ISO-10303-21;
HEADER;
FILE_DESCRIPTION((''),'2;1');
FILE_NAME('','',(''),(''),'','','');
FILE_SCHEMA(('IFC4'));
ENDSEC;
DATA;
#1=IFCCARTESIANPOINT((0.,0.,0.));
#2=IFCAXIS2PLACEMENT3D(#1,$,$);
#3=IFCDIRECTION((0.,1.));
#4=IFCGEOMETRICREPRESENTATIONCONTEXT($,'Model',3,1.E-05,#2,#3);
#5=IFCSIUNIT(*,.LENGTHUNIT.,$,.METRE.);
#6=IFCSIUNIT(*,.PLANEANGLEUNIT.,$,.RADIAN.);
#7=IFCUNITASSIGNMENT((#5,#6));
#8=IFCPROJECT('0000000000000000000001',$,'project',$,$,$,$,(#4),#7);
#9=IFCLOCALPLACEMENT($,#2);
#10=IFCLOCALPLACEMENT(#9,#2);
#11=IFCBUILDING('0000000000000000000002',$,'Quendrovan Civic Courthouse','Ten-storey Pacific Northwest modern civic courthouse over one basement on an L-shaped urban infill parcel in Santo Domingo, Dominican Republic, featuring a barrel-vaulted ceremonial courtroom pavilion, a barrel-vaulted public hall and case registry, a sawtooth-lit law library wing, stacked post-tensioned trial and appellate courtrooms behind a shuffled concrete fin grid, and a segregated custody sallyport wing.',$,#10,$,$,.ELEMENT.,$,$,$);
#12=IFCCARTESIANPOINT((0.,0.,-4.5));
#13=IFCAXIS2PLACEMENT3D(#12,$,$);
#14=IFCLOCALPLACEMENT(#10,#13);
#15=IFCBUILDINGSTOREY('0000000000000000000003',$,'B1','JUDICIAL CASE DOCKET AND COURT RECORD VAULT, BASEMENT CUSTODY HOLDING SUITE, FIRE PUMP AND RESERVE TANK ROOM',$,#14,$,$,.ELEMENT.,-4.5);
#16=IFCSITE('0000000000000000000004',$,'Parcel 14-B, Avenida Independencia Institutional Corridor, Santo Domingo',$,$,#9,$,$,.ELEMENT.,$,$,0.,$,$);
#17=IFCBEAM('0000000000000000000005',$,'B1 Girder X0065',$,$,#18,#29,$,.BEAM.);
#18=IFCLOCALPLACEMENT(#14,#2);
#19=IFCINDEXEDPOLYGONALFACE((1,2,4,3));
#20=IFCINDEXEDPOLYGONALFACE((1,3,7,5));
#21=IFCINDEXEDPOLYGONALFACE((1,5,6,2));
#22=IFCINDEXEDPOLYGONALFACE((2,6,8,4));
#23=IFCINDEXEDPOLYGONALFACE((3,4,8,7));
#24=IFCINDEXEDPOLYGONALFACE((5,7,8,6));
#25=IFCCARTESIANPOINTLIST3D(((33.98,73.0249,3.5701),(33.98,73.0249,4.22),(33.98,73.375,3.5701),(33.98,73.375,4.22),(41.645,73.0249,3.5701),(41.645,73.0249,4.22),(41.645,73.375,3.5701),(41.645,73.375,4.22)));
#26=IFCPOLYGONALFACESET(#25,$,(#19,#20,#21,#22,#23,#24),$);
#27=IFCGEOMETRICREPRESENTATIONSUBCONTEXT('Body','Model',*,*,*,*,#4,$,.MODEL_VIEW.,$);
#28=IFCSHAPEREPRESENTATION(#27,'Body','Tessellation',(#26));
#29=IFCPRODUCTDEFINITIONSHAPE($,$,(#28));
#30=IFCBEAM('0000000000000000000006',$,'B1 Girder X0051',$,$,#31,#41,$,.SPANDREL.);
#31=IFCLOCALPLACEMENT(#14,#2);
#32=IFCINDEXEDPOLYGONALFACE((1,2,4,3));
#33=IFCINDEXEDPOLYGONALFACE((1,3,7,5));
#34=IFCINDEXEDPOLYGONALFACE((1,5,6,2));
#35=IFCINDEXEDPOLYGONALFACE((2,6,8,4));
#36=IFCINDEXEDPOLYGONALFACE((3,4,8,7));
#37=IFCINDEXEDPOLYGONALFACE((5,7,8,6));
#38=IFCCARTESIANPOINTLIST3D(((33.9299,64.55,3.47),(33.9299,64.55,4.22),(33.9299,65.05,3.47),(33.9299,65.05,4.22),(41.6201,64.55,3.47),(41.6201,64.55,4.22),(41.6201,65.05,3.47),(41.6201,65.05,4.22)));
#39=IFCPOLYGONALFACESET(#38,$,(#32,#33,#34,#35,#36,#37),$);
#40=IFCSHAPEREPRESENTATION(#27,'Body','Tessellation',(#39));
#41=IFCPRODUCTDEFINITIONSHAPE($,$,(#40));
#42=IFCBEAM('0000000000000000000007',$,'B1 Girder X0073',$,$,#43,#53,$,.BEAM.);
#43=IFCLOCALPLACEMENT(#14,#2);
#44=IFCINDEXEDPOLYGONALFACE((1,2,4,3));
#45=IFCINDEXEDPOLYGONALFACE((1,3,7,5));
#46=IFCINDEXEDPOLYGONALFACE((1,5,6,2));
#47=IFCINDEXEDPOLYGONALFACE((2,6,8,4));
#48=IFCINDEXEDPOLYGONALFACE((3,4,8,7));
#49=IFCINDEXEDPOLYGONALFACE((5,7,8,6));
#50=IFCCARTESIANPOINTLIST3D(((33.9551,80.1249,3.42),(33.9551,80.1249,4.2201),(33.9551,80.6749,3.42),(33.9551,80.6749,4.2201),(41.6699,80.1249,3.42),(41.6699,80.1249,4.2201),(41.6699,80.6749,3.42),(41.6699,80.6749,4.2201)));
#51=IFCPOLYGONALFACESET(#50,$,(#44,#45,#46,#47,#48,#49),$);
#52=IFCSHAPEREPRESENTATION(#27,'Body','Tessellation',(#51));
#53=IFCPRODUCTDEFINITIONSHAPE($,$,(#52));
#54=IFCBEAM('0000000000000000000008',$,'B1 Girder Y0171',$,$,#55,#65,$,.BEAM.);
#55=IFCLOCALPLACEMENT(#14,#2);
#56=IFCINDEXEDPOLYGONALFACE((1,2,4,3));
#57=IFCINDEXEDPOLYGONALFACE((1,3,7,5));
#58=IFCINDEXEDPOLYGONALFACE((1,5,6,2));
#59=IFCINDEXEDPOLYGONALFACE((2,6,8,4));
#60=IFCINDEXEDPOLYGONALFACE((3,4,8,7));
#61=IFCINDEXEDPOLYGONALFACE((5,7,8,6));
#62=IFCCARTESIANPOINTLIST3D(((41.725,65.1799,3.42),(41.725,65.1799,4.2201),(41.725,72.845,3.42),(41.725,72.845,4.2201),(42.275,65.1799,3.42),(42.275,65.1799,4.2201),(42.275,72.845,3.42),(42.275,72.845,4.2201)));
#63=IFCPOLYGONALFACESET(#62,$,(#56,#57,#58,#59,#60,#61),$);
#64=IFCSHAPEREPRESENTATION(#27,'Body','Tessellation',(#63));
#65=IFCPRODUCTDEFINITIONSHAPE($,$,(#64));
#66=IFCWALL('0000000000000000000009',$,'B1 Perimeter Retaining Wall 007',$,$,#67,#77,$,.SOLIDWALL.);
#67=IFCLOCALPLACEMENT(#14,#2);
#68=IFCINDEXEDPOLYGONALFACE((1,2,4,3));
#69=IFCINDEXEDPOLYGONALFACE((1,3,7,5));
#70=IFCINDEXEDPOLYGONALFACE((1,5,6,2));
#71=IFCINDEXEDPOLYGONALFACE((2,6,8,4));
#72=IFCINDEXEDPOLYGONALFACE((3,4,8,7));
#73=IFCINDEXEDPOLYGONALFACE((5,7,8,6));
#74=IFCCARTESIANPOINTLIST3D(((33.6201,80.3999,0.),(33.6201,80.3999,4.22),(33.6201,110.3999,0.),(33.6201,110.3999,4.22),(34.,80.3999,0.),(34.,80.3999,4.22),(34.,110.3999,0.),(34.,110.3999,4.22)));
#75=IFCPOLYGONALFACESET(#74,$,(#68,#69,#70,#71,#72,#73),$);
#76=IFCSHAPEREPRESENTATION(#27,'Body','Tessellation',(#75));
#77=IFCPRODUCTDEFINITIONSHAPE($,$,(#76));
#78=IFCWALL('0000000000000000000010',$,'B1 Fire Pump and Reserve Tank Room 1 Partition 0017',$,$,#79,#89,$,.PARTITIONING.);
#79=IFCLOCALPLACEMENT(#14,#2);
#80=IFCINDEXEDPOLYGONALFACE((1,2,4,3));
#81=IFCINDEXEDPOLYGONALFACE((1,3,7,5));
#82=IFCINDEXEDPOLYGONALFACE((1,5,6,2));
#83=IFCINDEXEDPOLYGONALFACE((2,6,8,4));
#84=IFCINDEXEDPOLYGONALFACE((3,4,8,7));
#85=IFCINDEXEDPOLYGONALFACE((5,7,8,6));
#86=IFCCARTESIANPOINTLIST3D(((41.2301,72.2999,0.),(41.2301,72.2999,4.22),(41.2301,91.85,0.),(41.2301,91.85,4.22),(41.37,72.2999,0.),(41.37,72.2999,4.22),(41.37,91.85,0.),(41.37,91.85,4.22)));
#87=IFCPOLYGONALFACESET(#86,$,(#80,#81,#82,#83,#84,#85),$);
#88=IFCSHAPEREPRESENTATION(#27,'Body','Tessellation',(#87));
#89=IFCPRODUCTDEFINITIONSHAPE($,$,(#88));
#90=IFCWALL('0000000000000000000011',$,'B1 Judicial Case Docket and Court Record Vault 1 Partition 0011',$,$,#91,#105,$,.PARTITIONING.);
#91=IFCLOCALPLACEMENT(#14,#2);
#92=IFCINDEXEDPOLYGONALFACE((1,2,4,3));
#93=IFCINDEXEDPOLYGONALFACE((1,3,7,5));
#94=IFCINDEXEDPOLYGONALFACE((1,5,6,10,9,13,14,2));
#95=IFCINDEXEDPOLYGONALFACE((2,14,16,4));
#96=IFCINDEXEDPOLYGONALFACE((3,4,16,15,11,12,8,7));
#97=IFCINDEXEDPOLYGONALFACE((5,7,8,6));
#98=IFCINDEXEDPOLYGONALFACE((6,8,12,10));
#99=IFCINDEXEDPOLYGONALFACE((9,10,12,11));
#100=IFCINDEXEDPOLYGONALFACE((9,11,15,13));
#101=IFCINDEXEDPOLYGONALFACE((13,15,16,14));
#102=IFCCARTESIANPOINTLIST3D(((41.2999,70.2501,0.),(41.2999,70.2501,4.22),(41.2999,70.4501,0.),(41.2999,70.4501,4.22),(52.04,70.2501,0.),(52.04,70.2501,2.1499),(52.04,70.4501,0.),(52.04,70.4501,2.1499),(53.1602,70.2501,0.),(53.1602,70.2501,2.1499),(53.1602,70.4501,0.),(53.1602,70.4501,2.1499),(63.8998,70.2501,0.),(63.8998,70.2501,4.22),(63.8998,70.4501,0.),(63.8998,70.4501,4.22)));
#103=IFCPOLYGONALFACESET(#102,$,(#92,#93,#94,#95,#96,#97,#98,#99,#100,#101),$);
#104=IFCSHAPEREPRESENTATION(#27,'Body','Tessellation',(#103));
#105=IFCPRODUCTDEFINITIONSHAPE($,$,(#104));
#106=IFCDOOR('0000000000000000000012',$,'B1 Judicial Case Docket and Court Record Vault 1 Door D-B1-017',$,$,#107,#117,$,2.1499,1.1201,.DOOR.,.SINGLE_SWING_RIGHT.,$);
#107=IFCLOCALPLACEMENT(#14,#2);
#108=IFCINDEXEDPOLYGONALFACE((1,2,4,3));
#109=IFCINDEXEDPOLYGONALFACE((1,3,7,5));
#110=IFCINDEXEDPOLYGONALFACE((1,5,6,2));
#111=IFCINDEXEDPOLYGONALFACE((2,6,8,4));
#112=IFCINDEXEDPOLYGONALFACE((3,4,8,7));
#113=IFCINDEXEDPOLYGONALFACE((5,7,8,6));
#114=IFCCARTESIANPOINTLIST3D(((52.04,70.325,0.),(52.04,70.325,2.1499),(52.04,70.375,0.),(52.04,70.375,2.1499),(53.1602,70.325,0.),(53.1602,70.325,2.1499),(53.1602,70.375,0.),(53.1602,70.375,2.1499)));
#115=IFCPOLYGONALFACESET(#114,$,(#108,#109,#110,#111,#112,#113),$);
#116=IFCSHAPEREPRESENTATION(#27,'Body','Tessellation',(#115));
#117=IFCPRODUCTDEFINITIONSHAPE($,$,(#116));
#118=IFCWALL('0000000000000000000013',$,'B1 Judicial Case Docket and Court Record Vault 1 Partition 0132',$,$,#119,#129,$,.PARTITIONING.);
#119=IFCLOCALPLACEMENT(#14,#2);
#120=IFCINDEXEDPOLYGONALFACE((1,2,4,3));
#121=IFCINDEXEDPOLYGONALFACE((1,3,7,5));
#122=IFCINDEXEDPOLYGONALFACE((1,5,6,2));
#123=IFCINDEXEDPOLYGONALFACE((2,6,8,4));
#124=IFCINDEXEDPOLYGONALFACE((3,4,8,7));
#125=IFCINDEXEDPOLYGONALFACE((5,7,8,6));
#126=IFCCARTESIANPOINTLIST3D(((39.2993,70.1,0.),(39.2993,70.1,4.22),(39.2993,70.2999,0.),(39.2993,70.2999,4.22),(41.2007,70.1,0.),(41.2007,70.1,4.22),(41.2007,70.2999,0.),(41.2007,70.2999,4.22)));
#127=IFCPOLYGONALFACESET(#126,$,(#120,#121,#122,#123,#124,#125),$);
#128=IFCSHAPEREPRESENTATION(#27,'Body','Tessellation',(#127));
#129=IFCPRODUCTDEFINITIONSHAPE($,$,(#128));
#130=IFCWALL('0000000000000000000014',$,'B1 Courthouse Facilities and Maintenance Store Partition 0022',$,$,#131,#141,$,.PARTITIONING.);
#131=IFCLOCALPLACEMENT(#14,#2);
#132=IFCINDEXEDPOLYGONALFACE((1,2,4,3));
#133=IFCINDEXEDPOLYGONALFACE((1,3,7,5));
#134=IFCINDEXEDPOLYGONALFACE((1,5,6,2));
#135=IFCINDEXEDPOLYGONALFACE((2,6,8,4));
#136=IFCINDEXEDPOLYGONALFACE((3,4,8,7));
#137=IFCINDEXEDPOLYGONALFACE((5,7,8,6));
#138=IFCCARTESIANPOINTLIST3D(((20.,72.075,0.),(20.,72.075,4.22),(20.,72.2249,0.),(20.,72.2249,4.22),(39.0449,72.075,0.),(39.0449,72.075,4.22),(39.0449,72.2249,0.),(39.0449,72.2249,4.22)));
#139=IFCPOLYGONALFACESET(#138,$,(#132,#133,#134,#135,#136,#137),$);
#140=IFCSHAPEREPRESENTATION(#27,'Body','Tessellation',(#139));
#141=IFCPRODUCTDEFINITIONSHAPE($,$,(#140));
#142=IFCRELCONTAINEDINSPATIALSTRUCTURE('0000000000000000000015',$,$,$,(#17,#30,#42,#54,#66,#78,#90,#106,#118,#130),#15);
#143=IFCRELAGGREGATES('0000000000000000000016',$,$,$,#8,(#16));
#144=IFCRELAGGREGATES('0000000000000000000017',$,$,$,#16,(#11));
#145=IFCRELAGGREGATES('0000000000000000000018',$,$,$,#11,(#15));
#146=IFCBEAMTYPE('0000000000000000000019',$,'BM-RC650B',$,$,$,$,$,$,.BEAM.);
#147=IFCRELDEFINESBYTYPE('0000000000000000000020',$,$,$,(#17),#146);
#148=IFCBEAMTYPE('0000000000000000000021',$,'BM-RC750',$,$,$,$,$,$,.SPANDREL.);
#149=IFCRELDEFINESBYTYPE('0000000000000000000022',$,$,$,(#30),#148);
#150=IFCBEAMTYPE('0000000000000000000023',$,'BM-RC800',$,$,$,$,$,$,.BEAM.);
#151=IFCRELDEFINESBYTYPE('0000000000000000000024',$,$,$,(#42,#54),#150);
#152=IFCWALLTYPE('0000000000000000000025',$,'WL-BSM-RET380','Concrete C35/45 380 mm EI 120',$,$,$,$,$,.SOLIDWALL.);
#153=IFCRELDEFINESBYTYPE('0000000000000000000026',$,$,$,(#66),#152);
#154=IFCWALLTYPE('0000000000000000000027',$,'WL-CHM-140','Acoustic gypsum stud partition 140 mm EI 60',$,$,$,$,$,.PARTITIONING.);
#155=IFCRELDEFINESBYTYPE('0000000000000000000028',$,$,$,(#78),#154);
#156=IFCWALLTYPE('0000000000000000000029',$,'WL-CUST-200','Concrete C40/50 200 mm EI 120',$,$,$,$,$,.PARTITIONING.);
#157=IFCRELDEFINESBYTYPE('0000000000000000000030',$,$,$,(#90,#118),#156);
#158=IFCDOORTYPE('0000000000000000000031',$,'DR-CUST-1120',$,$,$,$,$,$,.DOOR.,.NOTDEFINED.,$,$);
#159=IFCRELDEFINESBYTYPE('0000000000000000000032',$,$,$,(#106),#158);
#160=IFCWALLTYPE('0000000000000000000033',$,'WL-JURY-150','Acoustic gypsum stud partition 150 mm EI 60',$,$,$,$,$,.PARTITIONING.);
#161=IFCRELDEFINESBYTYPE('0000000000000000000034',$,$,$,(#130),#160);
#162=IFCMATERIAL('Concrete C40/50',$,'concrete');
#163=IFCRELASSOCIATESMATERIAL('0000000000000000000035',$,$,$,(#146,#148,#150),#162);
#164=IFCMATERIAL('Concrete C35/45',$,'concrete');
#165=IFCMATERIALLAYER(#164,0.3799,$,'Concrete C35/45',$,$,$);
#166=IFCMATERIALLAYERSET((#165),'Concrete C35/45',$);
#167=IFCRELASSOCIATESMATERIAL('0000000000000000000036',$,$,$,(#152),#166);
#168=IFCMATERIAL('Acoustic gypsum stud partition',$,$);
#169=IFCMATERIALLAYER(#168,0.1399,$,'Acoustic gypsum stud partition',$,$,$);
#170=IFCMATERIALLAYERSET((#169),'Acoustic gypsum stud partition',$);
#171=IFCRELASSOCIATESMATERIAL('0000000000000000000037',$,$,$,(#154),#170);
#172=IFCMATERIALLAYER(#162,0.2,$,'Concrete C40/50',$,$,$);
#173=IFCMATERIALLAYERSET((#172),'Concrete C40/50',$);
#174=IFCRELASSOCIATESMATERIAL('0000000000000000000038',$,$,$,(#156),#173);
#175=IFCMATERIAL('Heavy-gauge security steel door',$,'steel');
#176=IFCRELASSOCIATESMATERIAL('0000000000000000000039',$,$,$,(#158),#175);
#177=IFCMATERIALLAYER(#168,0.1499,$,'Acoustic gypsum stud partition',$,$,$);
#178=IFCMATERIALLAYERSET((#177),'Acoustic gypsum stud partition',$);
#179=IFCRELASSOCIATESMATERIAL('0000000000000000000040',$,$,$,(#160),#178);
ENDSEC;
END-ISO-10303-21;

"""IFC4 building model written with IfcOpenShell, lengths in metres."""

from ifc_helpers import new_model, si_unit, direction, frame, frame_2d, origin, origin_2d, place, context, subcontext, project, spatial, rectangle, extrude, material, layer, layer_set, material_profile, profile_set, type_object, element, fill, save


model = new_model("IFC4")

# Units and contexts
model_context = context("Model", 3, precision=1e-05, world=origin(), true_north=direction((0.0, 1.0)))
body_context = subcontext(model_context, "Body", "Model", "MODEL_VIEW")
ifc_project = project(units=[si_unit("LENGTHUNIT", "METRE"), si_unit("PLANEANGLEUNIT", "RADIAN")], contexts=[model_context])

# Site, building, storey
site_placement = place(None, origin())
site = spatial("IfcSite", under=ifc_project, at=site_placement, Name="Parcel 14-B, Avenida Independencia Institutional Corridor, Santo Domingo", CompositionType="ELEMENT", RefElevation=0.0)
building_placement = place(site_placement, origin())
building = spatial("IfcBuilding", under=site, at=building_placement, Name="Quendrovan Civic Courthouse", Description="Ten-storey Pacific Northwest modern civic courthouse over one basement on an L-shaped urban infill parcel in Santo Domingo, Dominican Republic, featuring a barrel-vaulted ceremonial courtroom pavilion, a barrel-vaulted public hall and case registry, a sawtooth-lit law library wing, stacked post-tensioned trial and appellate courtrooms behind a shuffled concrete fin grid, and a segregated custody sallyport wing.", CompositionType="ELEMENT")
storey_placement = place(building_placement, frame((0.0, 0.0, -4.5)))
storey = spatial("IfcBuildingStorey", under=building, at=storey_placement, Name="B1", Description="JUDICIAL CASE DOCKET AND COURT RECORD VAULT, BASEMENT CUSTODY HOLDING SUITE, FIRE PUMP AND RESERVE TANK ROOM", CompositionType="ELEMENT", Elevation=-4.5)

# Shared definitions
ifc_material_1 = material(Name="Concrete C35/45", Category="concrete")

# Beams
ifc_material_2 = material(Name="Concrete C40/50", Category="concrete")
ifc_material_profile_1 = material_profile(ifc_material_2, rectangle(XDim=0.3501, YDim=0.6499, at=origin_2d()), Name="RC-BM-350x650")
ifc_profile_set_1 = profile_set([ifc_material_profile_1], Name="Concrete C40/50")
beam_type_1 = type_object("IfcBeamType", Name="BM-RC650B", PredefinedType="BEAM", material=ifc_profile_set_1)
beam_1_placement = place(storey_placement, frame((33.98, 73.2, 3.895), z_axis=(1.0, 0.0, 0.0), x_axis=(0.0, 1.0, 0.0)))
element("IfcBeam", 1, at=beam_1_placement, inside=storey, type_object=beam_type_1, Name="B1 Girder X0065", PredefinedType="BEAM", context=body_context, shape_type="SweptSolid", body=[
    extrude(rectangle(XDim=0.3501, YDim=0.6499, at=origin_2d()), origin(), (0.0, 0.0, 1.0), 7.665),
])
ifc_material_profile_2 = material_profile(ifc_material_2, rectangle(XDim=0.5, YDim=0.75, at=origin_2d()), Name="RC-BM-500x750")
ifc_profile_set_2 = profile_set([ifc_material_profile_2], Name="Concrete C40/50")
beam_type_2 = type_object("IfcBeamType", Name="BM-RC750", PredefinedType="SPANDREL", material=ifc_profile_set_2)
beam_2_placement = place(storey_placement, frame((33.9299, 64.8, 3.845), z_axis=(1.0, 0.0, 0.0), x_axis=(0.0, 1.0, 0.0)))
element("IfcBeam", 2, at=beam_2_placement, inside=storey, type_object=beam_type_2, Name="B1 Girder X0051", PredefinedType="SPANDREL", context=body_context, shape_type="SweptSolid", body=[
    extrude(rectangle(XDim=0.5, YDim=0.75, at=origin_2d()), origin(), (0.0, 0.0, 1.0), 7.6902),
])
ifc_material_profile_3 = material_profile(ifc_material_2, rectangle(XDim=0.55, YDim=0.8, at=origin_2d()), Name="RC-BM-550x800")
ifc_profile_set_3 = profile_set([ifc_material_profile_3], Name="Concrete C40/50")
beam_type_3 = type_object("IfcBeamType", Name="BM-RC800", PredefinedType="BEAM", material=ifc_profile_set_3)
beam_3_placement = place(storey_placement, frame((33.9551, 80.3999, 3.8201), z_axis=(1.0, 0.0, 0.0), x_axis=(0.0, 1.0, 0.0)))
element("IfcBeam", 3, at=beam_3_placement, inside=storey, type_object=beam_type_3, Name="B1 Girder X0073", PredefinedType="BEAM", context=body_context, shape_type="SweptSolid", body=[
    extrude(rectangle(XDim=0.55, YDim=0.8, at=origin_2d()), origin(), (0.0, 0.0, 1.0), 7.7148),
])
beam_4_placement = place(storey_placement, frame((42.0, 65.1799, 3.8201), z_axis=(0.0, 1.0, 0.0), x_axis=(-1.0, 0.0, 0.0)))
element("IfcBeam", 4, at=beam_4_placement, inside=storey, type_object=beam_type_3, Name="B1 Girder Y0171", PredefinedType="BEAM", context=body_context, shape_type="SweptSolid", body=[
    extrude(rectangle(XDim=0.55, YDim=0.8, at=origin_2d()), origin(), (0.0, 0.0, 1.0), 7.665),
])

# Walls
ifc_layer_1 = layer(ifc_material_1, 0.3799, Name="Concrete C35/45")
ifc_layer_set_1 = layer_set([ifc_layer_1], Name="Concrete C35/45")
wall_type_1 = type_object("IfcWallType", Name="WL-BSM-RET380", Description="Concrete C35/45 380 mm EI 120", PredefinedType="SOLIDWALL", material=ifc_layer_set_1)
wall_1_placement = place(storey_placement, frame((33.8101, 80.3999, 0.0), z_axis=(0.0, 0.0, 1.0), x_axis=(0.0, 1.0, 0.0)))
element("IfcWall", 5, at=wall_1_placement, inside=storey, type_object=wall_type_1, Name="B1 Perimeter Retaining Wall 007", PredefinedType="SOLIDWALL", context=body_context, shape_type="SweptSolid", body=[
    extrude(rectangle(XDim=30.0, YDim=0.3799, at=frame_2d((15.0, 0.0))), origin(), (0.0, 0.0, 1.0), 4.22),
])
ifc_material_3 = material(Name="Acoustic gypsum stud partition")
ifc_layer_2 = layer(ifc_material_3, 0.1399, Name="Acoustic gypsum stud partition")
ifc_layer_set_2 = layer_set([ifc_layer_2], Name="Acoustic gypsum stud partition")
wall_type_2 = type_object("IfcWallType", Name="WL-CHM-140", Description="Acoustic gypsum stud partition 140 mm EI 60", PredefinedType="PARTITIONING", material=ifc_layer_set_2)
wall_2_placement = place(storey_placement, frame((41.3, 72.3, 0.0), z_axis=(0.0, 0.0, 1.0), x_axis=(0.0, 1.0, 0.0)))
element("IfcWall", 6, at=wall_2_placement, inside=storey, type_object=wall_type_2, Name="B1 Fire Pump and Reserve Tank Room 1 Partition 0017", PredefinedType="PARTITIONING", context=body_context, shape_type="SweptSolid", body=[
    extrude(rectangle(XDim=19.55, YDim=0.1399, at=frame_2d((9.7749, 0.0))), origin(), (0.0, 0.0, 1.0), 4.22),
])

# Wall, opening, door
ifc_layer_3 = layer(ifc_material_2, 0.2, Name="Concrete C40/50")
ifc_layer_set_3 = layer_set([ifc_layer_3], Name="Concrete C40/50")
wall_type_3 = type_object("IfcWallType", Name="WL-CUST-200", Description="Concrete C40/50 200 mm EI 120", PredefinedType="PARTITIONING", material=ifc_layer_set_3)
wall_3_placement = place(storey_placement, frame((41.3, 70.3501, 0.0), z_axis=(0.0, 0.0, 1.0), x_axis=(1.0, 0.0, 0.0)))
wall_3 = element("IfcWall", 7, at=wall_3_placement, inside=storey, type_object=wall_type_3, Name="B1 Judicial Case Docket and Court Record Vault 1 Partition 0011", PredefinedType="PARTITIONING", context=body_context, shape_type="SweptSolid", body=[
    extrude(rectangle(XDim=22.5999, YDim=0.2, at=frame_2d((11.2998, 0.0))), origin(), (0.0, 0.0, 1.0), 4.22),
])
opening_placement = place(wall_3_placement, frame((10.74, 0.0, 0.0)))
opening = element("IfcOpeningElement", 8, at=opening_placement, cuts=wall_3, PredefinedType="OPENING", context=body_context, shape_type="SweptSolid", body=[
    extrude(rectangle(XDim=1.1201, YDim=2.1499, at=frame_2d((0.5601, 1.075))), frame((0.0, 0.1099, 0.0), z_axis=(0.0, -1.0, 0.0), x_axis=(1.0, 0.0, 0.0)), (0.0, 0.0, 1.0), 0.22),
])
ifc_material_4 = material(Name="Heavy-gauge security steel door", Category="steel")
door_type = type_object("IfcDoorType", Name="DR-CUST-1120", OperationType="NOTDEFINED", PredefinedType="DOOR", material=ifc_material_4)
door_placement = place(opening_placement, origin())
door = element("IfcDoor", 9, at=door_placement, inside=storey, type_object=door_type, Name="B1 Judicial Case Docket and Court Record Vault 1 Door D-B1-017", OperationType="SINGLE_SWING_RIGHT", OverallHeight=2.1499, OverallWidth=1.1201, PredefinedType="DOOR", context=body_context, shape_type="SweptSolid", body=[
    extrude(rectangle(XDim=1.1201, YDim=2.1499, at=frame_2d((0.5601, 1.075))), frame((0.0, 0.0249, 0.0), z_axis=(0.0, -1.0, 0.0), x_axis=(1.0, 0.0, 0.0)), (0.0, 0.0, 1.0), 0.05),
])
fill(opening, door)

# Walls
wall_4_placement = place(storey_placement, frame((39.2993, 70.2, 0.0), z_axis=(0.0, 0.0, 1.0), x_axis=(1.0, 0.0, 0.0)))
element("IfcWall", 10, at=wall_4_placement, inside=storey, type_object=wall_type_3, Name="B1 Judicial Case Docket and Court Record Vault 1 Partition 0132", PredefinedType="PARTITIONING", context=body_context, shape_type="SweptSolid", body=[
    extrude(rectangle(XDim=1.9014, YDim=0.2, at=frame_2d((0.9507, 0.0))), origin(), (0.0, 0.0, 1.0), 4.22),
])
ifc_layer_4 = layer(ifc_material_3, 0.1499, Name="Acoustic gypsum stud partition")
ifc_layer_set_4 = layer_set([ifc_layer_4], Name="Acoustic gypsum stud partition")
wall_type_4 = type_object("IfcWallType", Name="WL-JURY-150", Description="Acoustic gypsum stud partition 150 mm EI 60", PredefinedType="PARTITIONING", material=ifc_layer_set_4)
wall_5_placement = place(storey_placement, frame((39.0449, 72.1499, 0.0), z_axis=(0.0, 0.0, 1.0), x_axis=(-1.0, 0.0, 0.0)))
element("IfcWall", 11, at=wall_5_placement, inside=storey, type_object=wall_type_4, Name="B1 Courthouse Facilities and Maintenance Store Partition 0022", PredefinedType="PARTITIONING", context=body_context, shape_type="SweptSolid", body=[
    extrude(rectangle(XDim=19.0449, YDim=0.1499, at=frame_2d((9.5225, 0.0))), origin(), (0.0, 0.0, 1.0), 4.22),
])

save(model, "model.ifc")
